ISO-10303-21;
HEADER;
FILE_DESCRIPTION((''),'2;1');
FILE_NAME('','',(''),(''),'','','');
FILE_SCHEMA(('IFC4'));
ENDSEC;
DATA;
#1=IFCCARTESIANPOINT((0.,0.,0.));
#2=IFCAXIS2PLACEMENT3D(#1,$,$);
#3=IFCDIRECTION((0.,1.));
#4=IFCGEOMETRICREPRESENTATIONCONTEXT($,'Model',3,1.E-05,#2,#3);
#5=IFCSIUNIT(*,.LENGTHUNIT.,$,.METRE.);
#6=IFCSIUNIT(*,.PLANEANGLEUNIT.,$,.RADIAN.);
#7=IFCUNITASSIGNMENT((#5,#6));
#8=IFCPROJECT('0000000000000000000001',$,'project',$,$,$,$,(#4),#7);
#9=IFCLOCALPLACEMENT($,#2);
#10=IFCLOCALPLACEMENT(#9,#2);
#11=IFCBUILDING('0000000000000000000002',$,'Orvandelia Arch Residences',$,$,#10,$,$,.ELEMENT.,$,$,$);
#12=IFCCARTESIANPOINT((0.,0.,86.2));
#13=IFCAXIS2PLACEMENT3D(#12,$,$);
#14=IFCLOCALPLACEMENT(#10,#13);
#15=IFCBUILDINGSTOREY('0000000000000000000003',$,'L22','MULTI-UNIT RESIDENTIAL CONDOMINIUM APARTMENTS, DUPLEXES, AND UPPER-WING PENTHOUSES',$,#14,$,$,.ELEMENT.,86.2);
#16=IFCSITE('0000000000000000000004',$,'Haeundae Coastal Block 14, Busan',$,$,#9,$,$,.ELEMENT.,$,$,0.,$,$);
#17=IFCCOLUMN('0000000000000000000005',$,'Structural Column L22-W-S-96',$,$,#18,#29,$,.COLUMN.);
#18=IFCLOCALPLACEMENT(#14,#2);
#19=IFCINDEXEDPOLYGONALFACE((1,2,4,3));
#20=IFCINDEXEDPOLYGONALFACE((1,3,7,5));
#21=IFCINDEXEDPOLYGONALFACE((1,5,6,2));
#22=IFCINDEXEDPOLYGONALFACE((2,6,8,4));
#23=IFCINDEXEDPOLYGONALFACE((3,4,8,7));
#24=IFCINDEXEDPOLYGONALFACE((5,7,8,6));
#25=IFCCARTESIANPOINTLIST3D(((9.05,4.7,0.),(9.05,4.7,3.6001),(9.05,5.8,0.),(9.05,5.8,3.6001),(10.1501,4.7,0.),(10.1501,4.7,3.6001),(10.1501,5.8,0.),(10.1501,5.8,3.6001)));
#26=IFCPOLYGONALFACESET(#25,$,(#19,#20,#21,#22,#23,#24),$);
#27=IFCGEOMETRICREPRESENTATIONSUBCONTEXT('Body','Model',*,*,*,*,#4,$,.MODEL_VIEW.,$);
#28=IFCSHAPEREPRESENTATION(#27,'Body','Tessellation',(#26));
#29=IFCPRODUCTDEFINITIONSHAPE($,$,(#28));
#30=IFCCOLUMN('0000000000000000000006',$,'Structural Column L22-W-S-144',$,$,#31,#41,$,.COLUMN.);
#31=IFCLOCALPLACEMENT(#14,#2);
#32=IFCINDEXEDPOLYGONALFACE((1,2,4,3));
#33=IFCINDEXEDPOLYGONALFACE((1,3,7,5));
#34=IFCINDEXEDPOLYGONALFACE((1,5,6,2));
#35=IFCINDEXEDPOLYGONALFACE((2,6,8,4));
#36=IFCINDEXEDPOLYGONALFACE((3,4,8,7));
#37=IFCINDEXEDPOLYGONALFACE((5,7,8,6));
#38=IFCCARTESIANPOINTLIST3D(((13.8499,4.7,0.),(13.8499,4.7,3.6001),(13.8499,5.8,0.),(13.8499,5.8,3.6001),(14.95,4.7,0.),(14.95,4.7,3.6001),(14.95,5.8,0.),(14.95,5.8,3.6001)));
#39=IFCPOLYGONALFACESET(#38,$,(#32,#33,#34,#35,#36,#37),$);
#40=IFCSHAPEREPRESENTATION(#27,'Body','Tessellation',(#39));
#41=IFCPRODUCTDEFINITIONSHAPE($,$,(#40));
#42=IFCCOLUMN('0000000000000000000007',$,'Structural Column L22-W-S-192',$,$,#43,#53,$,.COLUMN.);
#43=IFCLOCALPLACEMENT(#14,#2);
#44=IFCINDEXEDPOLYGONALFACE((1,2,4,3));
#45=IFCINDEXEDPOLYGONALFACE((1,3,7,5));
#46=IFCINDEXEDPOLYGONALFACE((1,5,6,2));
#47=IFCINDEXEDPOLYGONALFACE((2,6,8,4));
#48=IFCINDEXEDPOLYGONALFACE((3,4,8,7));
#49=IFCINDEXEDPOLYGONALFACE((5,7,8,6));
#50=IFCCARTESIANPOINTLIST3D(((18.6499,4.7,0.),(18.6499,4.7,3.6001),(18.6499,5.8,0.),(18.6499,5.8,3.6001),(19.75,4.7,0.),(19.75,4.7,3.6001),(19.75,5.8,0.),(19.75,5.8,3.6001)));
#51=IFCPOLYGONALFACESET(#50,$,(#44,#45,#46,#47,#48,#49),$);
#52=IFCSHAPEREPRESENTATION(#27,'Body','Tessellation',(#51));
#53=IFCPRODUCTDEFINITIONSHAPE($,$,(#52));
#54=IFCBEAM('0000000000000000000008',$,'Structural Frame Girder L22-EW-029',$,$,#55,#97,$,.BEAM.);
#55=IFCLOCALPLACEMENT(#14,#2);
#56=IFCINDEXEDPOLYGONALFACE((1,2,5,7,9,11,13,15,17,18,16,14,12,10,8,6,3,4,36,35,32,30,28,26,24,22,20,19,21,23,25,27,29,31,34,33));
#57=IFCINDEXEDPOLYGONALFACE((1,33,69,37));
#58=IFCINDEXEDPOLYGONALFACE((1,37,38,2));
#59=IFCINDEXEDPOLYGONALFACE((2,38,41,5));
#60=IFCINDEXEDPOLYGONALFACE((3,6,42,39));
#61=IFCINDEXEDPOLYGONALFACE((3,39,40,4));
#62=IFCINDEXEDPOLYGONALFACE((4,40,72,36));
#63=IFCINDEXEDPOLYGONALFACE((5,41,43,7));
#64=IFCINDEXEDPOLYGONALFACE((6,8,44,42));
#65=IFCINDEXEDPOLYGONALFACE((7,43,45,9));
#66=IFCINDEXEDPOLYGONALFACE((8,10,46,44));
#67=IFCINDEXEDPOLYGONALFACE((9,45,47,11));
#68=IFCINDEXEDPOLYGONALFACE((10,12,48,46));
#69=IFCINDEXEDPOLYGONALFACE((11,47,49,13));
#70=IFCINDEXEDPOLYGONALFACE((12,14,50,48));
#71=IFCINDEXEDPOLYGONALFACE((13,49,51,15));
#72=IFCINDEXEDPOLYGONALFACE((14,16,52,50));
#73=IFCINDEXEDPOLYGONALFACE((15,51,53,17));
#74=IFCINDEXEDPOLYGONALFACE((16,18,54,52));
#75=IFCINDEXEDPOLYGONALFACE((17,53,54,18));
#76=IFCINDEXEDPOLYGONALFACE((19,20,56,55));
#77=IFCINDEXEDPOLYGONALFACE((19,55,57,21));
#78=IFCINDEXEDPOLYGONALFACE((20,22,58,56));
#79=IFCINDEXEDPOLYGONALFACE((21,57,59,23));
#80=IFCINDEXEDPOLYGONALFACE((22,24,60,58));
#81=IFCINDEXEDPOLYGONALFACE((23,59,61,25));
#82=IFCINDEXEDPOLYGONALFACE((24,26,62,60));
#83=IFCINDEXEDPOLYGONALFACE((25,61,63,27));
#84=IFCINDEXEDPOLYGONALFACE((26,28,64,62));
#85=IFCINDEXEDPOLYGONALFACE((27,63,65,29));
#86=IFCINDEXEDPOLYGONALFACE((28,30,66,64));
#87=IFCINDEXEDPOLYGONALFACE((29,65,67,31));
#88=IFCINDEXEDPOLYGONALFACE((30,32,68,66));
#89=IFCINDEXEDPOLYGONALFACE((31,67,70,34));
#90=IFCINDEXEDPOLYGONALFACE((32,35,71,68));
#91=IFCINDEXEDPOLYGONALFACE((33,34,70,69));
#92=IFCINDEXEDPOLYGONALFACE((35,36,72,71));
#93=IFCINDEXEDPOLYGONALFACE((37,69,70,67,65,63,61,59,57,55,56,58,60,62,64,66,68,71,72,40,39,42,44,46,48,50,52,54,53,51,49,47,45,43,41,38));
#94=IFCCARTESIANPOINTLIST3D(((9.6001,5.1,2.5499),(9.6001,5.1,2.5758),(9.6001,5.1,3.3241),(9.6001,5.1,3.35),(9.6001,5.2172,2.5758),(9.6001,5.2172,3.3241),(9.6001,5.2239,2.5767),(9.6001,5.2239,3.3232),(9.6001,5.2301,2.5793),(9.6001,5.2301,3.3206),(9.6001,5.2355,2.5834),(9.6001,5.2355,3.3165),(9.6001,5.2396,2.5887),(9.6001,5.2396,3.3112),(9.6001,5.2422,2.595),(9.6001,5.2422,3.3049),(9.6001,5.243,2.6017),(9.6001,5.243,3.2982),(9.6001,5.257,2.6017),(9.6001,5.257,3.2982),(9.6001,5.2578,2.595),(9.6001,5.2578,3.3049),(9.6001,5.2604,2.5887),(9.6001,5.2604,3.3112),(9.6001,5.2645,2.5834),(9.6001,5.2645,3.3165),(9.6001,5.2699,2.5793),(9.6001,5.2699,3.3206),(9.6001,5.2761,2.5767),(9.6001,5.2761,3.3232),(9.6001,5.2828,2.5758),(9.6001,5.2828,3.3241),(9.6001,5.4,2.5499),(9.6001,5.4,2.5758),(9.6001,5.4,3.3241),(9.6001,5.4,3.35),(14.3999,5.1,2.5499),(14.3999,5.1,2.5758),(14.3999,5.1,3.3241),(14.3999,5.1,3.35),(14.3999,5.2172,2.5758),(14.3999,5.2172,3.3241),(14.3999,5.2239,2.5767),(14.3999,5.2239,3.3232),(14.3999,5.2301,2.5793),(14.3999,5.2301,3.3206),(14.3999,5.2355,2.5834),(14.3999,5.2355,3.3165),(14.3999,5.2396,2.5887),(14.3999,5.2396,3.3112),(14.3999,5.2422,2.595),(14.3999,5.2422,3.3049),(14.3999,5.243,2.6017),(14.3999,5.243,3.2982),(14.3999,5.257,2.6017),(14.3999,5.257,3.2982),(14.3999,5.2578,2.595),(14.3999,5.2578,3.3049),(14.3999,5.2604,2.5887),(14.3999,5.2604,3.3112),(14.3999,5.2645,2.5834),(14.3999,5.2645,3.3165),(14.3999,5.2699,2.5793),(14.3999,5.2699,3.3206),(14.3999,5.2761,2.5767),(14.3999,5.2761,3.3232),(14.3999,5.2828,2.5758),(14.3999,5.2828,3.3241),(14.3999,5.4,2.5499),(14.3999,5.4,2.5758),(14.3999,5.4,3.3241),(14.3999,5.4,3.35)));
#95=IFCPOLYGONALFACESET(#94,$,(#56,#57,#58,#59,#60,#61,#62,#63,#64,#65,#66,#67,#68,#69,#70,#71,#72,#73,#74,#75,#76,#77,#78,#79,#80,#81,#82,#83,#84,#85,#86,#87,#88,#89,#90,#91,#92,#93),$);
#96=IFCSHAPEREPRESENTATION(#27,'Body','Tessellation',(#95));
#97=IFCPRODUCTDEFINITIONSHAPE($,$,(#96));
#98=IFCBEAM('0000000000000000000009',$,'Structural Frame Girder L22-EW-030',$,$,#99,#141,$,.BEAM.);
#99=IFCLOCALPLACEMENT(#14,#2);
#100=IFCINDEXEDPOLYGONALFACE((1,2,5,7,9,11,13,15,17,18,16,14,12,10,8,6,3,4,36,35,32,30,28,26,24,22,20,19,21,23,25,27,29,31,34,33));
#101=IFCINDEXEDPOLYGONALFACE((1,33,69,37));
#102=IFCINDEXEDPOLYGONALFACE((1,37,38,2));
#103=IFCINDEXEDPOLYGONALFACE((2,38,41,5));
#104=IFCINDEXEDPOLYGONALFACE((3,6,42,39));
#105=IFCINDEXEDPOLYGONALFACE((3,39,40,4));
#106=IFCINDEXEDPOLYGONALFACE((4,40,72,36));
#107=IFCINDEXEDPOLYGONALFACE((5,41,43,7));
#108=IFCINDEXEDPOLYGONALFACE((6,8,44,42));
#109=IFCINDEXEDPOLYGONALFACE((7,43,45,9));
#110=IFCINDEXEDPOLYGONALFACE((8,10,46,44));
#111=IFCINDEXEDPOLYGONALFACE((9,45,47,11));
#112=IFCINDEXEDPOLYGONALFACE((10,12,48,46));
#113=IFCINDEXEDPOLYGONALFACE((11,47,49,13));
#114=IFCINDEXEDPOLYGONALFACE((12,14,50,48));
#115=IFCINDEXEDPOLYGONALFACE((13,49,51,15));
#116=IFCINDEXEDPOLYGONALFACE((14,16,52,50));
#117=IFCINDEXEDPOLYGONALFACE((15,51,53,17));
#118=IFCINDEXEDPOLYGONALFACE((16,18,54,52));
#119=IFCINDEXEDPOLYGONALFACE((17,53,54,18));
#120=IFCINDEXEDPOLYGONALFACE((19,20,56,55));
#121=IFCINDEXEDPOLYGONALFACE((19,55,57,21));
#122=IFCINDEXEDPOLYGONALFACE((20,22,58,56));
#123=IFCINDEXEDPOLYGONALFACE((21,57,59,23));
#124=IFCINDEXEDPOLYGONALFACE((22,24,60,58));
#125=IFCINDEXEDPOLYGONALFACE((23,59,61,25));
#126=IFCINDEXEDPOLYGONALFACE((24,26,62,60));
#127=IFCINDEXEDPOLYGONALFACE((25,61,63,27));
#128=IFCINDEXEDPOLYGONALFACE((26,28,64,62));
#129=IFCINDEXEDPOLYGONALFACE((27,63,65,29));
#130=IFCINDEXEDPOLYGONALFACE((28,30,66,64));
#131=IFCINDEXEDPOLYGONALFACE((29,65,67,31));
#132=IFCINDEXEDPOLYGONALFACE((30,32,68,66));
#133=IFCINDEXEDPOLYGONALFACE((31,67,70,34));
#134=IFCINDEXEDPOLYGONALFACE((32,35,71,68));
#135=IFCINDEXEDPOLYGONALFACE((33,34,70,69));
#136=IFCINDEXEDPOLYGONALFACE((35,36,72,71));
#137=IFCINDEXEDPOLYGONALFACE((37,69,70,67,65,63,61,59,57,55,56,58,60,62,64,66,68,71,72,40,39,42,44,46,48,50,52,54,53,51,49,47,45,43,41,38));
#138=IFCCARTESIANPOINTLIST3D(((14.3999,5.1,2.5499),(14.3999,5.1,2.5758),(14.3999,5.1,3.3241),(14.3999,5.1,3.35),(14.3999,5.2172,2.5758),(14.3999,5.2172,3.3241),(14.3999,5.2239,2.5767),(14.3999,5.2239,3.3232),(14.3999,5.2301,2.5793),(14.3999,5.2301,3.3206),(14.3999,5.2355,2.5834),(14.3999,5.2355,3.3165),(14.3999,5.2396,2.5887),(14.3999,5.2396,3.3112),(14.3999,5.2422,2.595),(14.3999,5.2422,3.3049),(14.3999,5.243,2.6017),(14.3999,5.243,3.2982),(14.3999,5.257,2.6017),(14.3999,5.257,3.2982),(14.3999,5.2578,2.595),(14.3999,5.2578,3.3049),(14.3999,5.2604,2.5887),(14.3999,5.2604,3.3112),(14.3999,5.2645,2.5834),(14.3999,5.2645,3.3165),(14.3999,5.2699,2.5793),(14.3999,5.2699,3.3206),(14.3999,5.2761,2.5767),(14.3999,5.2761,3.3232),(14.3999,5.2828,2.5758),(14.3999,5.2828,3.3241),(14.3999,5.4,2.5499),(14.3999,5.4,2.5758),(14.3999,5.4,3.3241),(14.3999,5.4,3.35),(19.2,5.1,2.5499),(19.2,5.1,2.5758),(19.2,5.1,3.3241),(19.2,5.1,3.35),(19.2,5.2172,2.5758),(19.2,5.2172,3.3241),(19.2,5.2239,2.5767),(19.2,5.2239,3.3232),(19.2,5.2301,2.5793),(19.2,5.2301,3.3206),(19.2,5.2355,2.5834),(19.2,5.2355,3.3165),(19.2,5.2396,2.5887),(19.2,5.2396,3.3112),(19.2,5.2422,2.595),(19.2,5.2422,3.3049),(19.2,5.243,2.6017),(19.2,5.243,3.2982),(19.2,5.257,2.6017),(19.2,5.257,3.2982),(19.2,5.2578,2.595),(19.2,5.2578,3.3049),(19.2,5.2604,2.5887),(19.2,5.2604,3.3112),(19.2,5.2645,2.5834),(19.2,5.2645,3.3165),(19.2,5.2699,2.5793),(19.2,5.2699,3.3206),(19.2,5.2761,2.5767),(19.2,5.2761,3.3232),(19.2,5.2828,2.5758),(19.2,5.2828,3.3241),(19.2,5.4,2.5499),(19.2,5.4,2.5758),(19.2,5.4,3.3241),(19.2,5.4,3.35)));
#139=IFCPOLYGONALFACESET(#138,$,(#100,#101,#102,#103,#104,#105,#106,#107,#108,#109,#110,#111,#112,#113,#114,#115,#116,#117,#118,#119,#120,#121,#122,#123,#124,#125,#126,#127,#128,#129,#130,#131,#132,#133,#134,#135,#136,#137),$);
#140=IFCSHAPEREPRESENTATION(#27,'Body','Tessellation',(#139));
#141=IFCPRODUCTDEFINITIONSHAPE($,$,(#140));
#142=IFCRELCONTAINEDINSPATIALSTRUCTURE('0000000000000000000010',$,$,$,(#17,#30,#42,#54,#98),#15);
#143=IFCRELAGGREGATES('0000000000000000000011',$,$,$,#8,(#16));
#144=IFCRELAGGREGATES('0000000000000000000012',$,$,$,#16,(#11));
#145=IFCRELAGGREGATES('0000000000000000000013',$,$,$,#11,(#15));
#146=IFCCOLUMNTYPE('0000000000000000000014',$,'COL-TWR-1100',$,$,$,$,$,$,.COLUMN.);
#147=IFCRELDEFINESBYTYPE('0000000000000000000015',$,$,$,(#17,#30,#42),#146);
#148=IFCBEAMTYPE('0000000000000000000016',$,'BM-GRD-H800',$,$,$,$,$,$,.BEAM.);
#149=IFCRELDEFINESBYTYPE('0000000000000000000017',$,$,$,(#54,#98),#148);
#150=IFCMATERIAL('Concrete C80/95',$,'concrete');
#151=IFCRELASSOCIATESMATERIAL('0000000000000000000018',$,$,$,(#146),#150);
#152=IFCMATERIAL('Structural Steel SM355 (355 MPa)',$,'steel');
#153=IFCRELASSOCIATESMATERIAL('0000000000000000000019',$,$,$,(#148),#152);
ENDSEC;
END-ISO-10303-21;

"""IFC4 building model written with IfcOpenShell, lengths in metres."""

from ifc_helpers import new_model, si_unit, direction, frame, origin, origin_2d, place, context, subcontext, project, spatial, rectangle, i_section, extrude, material, material_profile, profile_set, type_object, element, save


model = new_model("IFC4")

# Units and contexts
model_context = context("Model", 3, precision=1e-05, world=origin(), true_north=direction((0.0, 1.0)))
body_context = subcontext(model_context, "Body", "Model", "MODEL_VIEW")
ifc_project = project(units=[si_unit("LENGTHUNIT", "METRE"), si_unit("PLANEANGLEUNIT", "RADIAN")], contexts=[model_context])

# Site, building, storey
site_placement = place(None, origin())
site = spatial("IfcSite", under=ifc_project, at=site_placement, Name="Haeundae Coastal Block 14, Busan", CompositionType="ELEMENT", RefElevation=0.0)
building_placement = place(site_placement, origin())
building = spatial("IfcBuilding", under=site, at=building_placement, Name="Orvandelia Arch Residences", CompositionType="ELEMENT")
storey_placement = place(building_placement, frame((0.0, 0.0, 86.2)))
storey = spatial("IfcBuildingStorey", under=building, at=storey_placement, Name="L22", Description="MULTI-UNIT RESIDENTIAL CONDOMINIUM APARTMENTS, DUPLEXES, AND UPPER-WING PENTHOUSES", CompositionType="ELEMENT", Elevation=86.2)

# Columns
ifc_material_1 = material(Name="Concrete C80/95", Category="concrete")
ifc_material_profile_1 = material_profile(ifc_material_1, rectangle(XDim=1.1001, YDim=1.1001, at=origin_2d()), Name="Concrete C80/95", Category="concrete")
ifc_profile_set_1 = profile_set([ifc_material_profile_1], Name="Concrete C80/95")
column_type = type_object("IfcColumnType", Name="COL-TWR-1100", PredefinedType="COLUMN", material=ifc_profile_set_1)
for number, where, z_axis, x_axis, name in (
    (1, (9.6001, 5.25, 0.0), (0.0, 0.0, 1.0), (1.0, 0.0, 0.0), "Structural Column L22-W-S-96"),
    (2, (14.3999, 5.25, 0.0), (0.0, 0.0, 1.0), (1.0, 0.0, 0.0), "Structural Column L22-W-S-144"),
    (3, (19.2, 5.25, 0.0), (0.0, 0.0, 1.0), (1.0, 0.0, 0.0), "Structural Column L22-W-S-192"),
):
    element("IfcColumn", number, at=place(storey_placement, frame(where, z_axis=z_axis, x_axis=x_axis)), inside=storey, type_object=column_type, Name=name, PredefinedType="COLUMN", context=body_context, shape_type="SweptSolid", body=[
        extrude(rectangle(XDim=1.1001, YDim=1.1001, at=origin_2d()), origin(), (0.0, 0.0, 1.0), 3.6001),
    ])

# Beams
ifc_material_2 = material(Name="Structural Steel SM355 (355 MPa)", Category="steel")
ifc_material_profile_2 = material_profile(ifc_material_2, i_section(OverallWidth=0.3, OverallDepth=0.8, WebThickness=0.0139, FlangeThickness=0.0259, FilletRadius=0.0259, at=origin_2d()), Name="Structural Steel SM355 (355 MPa)", Category="steel")
ifc_profile_set_2 = profile_set([ifc_material_profile_2], Name="Structural Steel SM355 (355 MPa)")
beam_type = type_object("IfcBeamType", Name="BM-GRD-H800", PredefinedType="BEAM", material=ifc_profile_set_2)
beam_1_placement = place(storey_placement, frame((9.6001, 5.25, 2.95), z_axis=(1.0, 0.0, 0.0), x_axis=(0.0, 1.0, 0.0)))
element("IfcBeam", 4, at=beam_1_placement, inside=storey, type_object=beam_type, Name="Structural Frame Girder L22-EW-029", PredefinedType="BEAM", context=body_context, shape_type="SweptSolid", body=[
    extrude(i_section(OverallWidth=0.3, OverallDepth=0.8, WebThickness=0.0139, FlangeThickness=0.0259, FilletRadius=0.0259, at=origin_2d()), origin(), (0.0, 0.0, 1.0), 4.7998),
])
beam_2_placement = place(storey_placement, frame((14.3999, 5.25, 2.95), z_axis=(1.0, 0.0, 0.0), x_axis=(0.0, 1.0, 0.0)))
element("IfcBeam", 5, at=beam_2_placement, inside=storey, type_object=beam_type, Name="Structural Frame Girder L22-EW-030", PredefinedType="BEAM", context=body_context, shape_type="SweptSolid", body=[
    extrude(i_section(OverallWidth=0.3, OverallDepth=0.8, WebThickness=0.0139, FlangeThickness=0.0259, FilletRadius=0.0259, at=origin_2d()), origin(), (0.0, 0.0, 1.0), 4.8),
])

save(model, "model.ifc")
